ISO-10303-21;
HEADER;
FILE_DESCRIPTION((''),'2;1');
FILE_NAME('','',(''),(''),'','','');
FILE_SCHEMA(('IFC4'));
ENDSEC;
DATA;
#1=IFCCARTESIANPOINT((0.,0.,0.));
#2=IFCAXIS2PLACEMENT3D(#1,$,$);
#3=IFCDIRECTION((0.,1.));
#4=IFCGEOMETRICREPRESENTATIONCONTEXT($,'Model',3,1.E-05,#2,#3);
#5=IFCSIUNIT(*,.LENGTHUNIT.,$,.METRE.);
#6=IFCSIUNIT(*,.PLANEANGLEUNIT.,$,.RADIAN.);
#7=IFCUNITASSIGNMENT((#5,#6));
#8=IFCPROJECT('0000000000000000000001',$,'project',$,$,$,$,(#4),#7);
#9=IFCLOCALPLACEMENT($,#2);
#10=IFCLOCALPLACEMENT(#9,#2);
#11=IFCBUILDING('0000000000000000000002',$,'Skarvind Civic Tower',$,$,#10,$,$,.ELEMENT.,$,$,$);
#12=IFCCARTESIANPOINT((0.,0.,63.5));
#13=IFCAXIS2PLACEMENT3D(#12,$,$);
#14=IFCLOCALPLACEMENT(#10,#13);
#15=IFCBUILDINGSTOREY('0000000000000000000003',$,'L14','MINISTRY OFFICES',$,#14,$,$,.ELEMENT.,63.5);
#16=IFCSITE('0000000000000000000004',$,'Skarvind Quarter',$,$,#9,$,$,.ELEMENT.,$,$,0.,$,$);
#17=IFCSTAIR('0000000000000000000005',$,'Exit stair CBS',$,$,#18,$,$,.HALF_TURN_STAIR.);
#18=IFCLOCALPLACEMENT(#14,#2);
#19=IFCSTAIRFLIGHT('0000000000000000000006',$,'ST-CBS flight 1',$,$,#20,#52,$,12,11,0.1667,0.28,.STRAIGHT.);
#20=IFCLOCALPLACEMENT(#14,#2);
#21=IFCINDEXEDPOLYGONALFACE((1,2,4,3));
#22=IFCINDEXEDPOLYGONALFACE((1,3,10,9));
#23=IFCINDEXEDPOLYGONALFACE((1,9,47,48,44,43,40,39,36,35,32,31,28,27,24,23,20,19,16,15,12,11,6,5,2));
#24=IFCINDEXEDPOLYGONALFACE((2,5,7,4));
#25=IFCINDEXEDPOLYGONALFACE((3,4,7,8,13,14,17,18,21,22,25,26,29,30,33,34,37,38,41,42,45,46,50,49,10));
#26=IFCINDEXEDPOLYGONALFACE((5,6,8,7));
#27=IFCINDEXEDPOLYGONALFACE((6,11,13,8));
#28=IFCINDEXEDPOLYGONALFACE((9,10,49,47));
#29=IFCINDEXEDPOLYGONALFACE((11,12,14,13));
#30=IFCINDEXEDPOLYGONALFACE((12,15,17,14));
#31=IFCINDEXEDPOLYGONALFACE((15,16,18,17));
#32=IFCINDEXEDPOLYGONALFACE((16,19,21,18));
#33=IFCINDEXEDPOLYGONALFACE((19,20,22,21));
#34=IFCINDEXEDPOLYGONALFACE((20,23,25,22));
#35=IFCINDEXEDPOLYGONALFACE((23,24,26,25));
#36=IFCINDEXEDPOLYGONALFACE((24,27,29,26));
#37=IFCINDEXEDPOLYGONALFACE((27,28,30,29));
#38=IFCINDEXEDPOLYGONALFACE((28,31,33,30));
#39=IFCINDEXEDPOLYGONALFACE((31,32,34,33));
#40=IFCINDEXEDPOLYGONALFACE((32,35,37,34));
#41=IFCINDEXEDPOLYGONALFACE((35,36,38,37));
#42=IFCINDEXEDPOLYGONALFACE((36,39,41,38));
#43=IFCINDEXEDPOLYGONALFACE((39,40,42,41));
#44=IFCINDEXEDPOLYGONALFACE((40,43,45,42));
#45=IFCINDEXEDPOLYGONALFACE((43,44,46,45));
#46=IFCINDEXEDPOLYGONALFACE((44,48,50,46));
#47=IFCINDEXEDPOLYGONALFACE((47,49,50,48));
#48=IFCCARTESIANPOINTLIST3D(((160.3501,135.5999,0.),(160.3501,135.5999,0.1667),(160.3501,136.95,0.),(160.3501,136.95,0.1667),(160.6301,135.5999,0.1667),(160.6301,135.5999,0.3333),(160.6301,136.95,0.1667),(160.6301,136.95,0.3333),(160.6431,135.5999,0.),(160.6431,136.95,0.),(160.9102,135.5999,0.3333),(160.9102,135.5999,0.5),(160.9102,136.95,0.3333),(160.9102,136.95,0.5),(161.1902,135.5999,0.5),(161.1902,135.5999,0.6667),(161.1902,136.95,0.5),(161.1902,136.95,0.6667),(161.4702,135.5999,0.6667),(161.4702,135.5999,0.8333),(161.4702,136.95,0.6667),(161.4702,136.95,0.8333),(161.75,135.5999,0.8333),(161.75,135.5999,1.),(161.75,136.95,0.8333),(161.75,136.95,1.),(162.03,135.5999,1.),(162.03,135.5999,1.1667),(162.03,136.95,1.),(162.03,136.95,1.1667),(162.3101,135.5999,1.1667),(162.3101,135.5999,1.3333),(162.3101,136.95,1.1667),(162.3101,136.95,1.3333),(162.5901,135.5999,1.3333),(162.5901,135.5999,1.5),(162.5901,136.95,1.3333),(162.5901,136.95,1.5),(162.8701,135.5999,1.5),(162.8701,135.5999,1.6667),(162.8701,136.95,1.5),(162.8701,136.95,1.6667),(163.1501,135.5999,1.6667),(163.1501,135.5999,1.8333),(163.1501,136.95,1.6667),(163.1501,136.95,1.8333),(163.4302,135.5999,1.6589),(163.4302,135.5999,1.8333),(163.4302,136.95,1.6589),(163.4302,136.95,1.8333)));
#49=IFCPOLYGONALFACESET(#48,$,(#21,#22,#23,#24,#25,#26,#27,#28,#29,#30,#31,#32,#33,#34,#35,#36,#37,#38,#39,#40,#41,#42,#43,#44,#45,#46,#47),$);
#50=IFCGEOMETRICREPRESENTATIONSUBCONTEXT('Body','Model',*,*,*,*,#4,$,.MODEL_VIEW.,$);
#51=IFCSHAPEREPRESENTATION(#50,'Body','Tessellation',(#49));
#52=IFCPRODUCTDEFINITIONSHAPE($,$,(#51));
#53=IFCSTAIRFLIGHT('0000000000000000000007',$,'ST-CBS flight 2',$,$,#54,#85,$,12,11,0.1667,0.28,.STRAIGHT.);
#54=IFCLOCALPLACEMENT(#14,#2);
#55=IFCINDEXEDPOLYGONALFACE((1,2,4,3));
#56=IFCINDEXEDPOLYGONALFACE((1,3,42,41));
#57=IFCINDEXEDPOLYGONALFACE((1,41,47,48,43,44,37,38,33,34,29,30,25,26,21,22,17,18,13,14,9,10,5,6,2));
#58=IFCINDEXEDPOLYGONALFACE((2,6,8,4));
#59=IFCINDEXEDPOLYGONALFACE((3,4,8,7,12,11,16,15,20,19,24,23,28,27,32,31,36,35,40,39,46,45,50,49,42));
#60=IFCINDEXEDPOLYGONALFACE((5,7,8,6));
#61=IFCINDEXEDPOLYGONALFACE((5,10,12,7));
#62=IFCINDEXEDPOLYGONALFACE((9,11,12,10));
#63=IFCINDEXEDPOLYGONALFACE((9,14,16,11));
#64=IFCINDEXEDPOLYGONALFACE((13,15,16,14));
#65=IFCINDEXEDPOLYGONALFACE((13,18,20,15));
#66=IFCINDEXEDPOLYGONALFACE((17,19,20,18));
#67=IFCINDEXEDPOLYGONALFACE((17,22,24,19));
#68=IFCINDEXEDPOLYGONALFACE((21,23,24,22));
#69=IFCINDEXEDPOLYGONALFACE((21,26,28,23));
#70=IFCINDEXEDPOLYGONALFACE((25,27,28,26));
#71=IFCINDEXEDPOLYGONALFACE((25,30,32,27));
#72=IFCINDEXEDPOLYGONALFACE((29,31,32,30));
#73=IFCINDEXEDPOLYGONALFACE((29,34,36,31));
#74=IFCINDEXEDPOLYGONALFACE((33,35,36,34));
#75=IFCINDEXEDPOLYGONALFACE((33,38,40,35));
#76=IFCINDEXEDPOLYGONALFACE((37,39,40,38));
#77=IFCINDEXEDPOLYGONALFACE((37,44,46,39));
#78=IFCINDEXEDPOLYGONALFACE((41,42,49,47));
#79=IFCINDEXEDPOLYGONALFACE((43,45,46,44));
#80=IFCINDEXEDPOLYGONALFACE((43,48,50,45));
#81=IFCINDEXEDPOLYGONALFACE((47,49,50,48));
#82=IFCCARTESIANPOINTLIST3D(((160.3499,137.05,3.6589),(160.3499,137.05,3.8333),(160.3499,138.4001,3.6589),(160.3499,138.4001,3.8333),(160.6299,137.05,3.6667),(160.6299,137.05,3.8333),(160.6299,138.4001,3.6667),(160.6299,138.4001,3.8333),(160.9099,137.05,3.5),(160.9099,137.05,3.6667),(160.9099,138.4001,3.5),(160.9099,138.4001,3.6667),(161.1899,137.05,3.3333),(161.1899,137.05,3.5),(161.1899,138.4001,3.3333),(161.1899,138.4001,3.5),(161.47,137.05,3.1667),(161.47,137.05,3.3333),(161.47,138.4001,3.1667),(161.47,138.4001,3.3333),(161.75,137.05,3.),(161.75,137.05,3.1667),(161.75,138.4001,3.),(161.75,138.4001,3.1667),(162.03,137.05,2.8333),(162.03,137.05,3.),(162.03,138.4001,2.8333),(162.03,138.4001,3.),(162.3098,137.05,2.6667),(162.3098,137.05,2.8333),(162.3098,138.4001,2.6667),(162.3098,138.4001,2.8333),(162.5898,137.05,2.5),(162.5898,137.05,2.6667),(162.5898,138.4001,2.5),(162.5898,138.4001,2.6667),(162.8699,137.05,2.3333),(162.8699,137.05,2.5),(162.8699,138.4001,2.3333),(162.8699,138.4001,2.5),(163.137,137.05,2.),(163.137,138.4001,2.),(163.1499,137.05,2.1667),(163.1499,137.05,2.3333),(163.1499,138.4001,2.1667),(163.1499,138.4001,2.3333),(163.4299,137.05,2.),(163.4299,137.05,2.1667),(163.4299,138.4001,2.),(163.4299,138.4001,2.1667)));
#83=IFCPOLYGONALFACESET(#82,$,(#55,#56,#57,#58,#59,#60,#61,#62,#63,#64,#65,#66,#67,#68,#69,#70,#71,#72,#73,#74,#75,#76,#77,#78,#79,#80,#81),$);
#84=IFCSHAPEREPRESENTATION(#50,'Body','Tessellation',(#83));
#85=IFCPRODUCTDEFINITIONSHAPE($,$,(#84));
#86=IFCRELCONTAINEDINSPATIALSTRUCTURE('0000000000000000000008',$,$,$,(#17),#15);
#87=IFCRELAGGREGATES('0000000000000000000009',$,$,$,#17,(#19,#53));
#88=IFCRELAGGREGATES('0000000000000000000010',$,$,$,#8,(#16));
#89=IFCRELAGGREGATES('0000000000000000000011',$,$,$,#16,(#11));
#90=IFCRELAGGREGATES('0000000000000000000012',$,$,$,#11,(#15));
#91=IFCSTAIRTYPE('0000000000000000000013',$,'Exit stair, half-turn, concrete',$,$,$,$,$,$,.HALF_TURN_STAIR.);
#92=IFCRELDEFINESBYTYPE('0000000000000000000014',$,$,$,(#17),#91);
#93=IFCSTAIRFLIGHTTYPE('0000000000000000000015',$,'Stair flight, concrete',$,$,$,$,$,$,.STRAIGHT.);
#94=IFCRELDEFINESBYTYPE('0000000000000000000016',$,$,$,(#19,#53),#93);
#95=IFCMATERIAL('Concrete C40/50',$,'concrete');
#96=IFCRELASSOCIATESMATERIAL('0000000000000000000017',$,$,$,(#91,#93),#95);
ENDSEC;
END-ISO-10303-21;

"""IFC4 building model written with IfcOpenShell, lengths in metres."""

from ifc_helpers import new_model, si_unit, direction, frame, origin, place, context, subcontext, project, spatial, polyline, outline, extrude, material, type_object, element, aggregate, save


model = new_model("IFC4")

# Units and contexts
model_context = context("Model", 3, precision=1e-05, world=origin(), true_north=direction((0.0, 1.0)))
body_context = subcontext(model_context, "Body", "Model", "MODEL_VIEW")
ifc_project = project(units=[si_unit("LENGTHUNIT", "METRE"), si_unit("PLANEANGLEUNIT", "RADIAN")], contexts=[model_context])

# Site, building, storey
site_placement = place(None, origin())
site = spatial("IfcSite", under=ifc_project, at=site_placement, Name="Skarvind Quarter", CompositionType="ELEMENT", RefElevation=0.0)
building_placement = place(site_placement, origin())
building = spatial("IfcBuilding", under=site, at=building_placement, Name="Skarvind Civic Tower", CompositionType="ELEMENT")
storey_placement = place(building_placement, frame((0.0, 0.0, 63.5)))
storey = spatial("IfcBuildingStorey", under=building, at=storey_placement, Name="L14", Description="MINISTRY OFFICES", CompositionType="ELEMENT", Elevation=63.5)

# Stair, stair flights
ifc_material_1 = material(Name="Concrete C40/50", Category="concrete")
stair_type = type_object("IfcStairType", Name="Exit stair, half-turn, concrete", PredefinedType="HALF_TURN_STAIR", material=ifc_material_1)
stair_placement = place(storey_placement, origin())
stair = element("IfcStair", 1, at=stair_placement, inside=storey, type_object=stair_type, Name="Exit stair CBS", PredefinedType="HALF_TURN_STAIR")
stair_flight_type = type_object("IfcStairFlightType", Name="Stair flight, concrete", PredefinedType="STRAIGHT", material=ifc_material_1)
stair_flight_1_placement = place(storey_placement, frame((160.3501, 136.2749, 0.0), z_axis=(0.0, 0.0, 1.0), x_axis=(1.0, 0.0, 0.0)))
stair_flight_1 = element("IfcStairFlight", 2, at=stair_flight_1_placement, type_object=stair_flight_type, Name="ST-CBS flight 1", NumberOfRisers=12, NumberOfTreads=11, PredefinedType="STRAIGHT", RiserHeight=0.1667, TreadLength=0.28, context=body_context, shape_type="SweptSolid", body=[
    extrude(outline(polyline([(0.0, 0.0), (0.0, 0.1667), (0.28, 0.1667), (0.28, 0.3333), (0.5601, 0.3333), (0.5601, 0.5), (0.8401, 0.5), (0.8401, 0.6667), (1.1201, 0.6667), (1.1201, 0.8333), (1.3999, 0.8333), (1.3999, 1.0), (1.6799, 1.0), (1.6799, 1.1667), (1.96, 1.1667), (1.96, 1.3333), (2.24, 1.3333), (2.24, 1.5), (2.52, 1.5), (2.52, 1.6667), (2.8, 1.6667), (2.8, 1.8333), (3.0801, 1.8333), (3.0801, 2.0), (3.0801, 1.6589), (0.293, 0.0), (0.0, 0.0)])), frame((0.0, 0.675, 0.0), z_axis=(0.0, -1.0, 0.0), x_axis=(1.0, 0.0, 0.0)), (0.0, 0.0, 1.0), 1.3501),
])
stair_flight_2_placement = place(storey_placement, frame((163.4299, 137.7251, 2.0), z_axis=(0.0, 0.0, 1.0), x_axis=(-1.0, 0.0, 0.0)))
stair_flight_2 = element("IfcStairFlight", 3, at=stair_flight_2_placement, type_object=stair_flight_type, Name="ST-CBS flight 2", NumberOfRisers=12, NumberOfTreads=11, PredefinedType="STRAIGHT", RiserHeight=0.1667, TreadLength=0.28, context=body_context, shape_type="SweptSolid", body=[
    extrude(outline(polyline([(0.0, 0.0), (0.0, 0.1667), (0.28, 0.1667), (0.28, 0.3333), (0.5601, 0.3333), (0.5601, 0.5), (0.8401, 0.5), (0.8401, 0.6667), (1.1201, 0.6667), (1.1201, 0.8333), (1.3999, 0.8333), (1.3999, 1.0), (1.6799, 1.0), (1.6799, 1.1667), (1.96, 1.1667), (1.96, 1.3333), (2.24, 1.3333), (2.24, 1.5), (2.52, 1.5), (2.52, 1.6667), (2.8, 1.6667), (2.8, 1.8333), (3.0801, 1.8333), (3.0801, 2.0), (3.0801, 1.6589), (0.293, 0.0), (0.0, 0.0)])), frame((0.0, 0.675, 0.0), z_axis=(0.0, -1.0, 0.0), x_axis=(1.0, 0.0, 0.0)), (0.0, 0.0, 1.0), 1.3501),
])
aggregate(stair, [stair_flight_1, stair_flight_2])

save(model, "model.ifc")
